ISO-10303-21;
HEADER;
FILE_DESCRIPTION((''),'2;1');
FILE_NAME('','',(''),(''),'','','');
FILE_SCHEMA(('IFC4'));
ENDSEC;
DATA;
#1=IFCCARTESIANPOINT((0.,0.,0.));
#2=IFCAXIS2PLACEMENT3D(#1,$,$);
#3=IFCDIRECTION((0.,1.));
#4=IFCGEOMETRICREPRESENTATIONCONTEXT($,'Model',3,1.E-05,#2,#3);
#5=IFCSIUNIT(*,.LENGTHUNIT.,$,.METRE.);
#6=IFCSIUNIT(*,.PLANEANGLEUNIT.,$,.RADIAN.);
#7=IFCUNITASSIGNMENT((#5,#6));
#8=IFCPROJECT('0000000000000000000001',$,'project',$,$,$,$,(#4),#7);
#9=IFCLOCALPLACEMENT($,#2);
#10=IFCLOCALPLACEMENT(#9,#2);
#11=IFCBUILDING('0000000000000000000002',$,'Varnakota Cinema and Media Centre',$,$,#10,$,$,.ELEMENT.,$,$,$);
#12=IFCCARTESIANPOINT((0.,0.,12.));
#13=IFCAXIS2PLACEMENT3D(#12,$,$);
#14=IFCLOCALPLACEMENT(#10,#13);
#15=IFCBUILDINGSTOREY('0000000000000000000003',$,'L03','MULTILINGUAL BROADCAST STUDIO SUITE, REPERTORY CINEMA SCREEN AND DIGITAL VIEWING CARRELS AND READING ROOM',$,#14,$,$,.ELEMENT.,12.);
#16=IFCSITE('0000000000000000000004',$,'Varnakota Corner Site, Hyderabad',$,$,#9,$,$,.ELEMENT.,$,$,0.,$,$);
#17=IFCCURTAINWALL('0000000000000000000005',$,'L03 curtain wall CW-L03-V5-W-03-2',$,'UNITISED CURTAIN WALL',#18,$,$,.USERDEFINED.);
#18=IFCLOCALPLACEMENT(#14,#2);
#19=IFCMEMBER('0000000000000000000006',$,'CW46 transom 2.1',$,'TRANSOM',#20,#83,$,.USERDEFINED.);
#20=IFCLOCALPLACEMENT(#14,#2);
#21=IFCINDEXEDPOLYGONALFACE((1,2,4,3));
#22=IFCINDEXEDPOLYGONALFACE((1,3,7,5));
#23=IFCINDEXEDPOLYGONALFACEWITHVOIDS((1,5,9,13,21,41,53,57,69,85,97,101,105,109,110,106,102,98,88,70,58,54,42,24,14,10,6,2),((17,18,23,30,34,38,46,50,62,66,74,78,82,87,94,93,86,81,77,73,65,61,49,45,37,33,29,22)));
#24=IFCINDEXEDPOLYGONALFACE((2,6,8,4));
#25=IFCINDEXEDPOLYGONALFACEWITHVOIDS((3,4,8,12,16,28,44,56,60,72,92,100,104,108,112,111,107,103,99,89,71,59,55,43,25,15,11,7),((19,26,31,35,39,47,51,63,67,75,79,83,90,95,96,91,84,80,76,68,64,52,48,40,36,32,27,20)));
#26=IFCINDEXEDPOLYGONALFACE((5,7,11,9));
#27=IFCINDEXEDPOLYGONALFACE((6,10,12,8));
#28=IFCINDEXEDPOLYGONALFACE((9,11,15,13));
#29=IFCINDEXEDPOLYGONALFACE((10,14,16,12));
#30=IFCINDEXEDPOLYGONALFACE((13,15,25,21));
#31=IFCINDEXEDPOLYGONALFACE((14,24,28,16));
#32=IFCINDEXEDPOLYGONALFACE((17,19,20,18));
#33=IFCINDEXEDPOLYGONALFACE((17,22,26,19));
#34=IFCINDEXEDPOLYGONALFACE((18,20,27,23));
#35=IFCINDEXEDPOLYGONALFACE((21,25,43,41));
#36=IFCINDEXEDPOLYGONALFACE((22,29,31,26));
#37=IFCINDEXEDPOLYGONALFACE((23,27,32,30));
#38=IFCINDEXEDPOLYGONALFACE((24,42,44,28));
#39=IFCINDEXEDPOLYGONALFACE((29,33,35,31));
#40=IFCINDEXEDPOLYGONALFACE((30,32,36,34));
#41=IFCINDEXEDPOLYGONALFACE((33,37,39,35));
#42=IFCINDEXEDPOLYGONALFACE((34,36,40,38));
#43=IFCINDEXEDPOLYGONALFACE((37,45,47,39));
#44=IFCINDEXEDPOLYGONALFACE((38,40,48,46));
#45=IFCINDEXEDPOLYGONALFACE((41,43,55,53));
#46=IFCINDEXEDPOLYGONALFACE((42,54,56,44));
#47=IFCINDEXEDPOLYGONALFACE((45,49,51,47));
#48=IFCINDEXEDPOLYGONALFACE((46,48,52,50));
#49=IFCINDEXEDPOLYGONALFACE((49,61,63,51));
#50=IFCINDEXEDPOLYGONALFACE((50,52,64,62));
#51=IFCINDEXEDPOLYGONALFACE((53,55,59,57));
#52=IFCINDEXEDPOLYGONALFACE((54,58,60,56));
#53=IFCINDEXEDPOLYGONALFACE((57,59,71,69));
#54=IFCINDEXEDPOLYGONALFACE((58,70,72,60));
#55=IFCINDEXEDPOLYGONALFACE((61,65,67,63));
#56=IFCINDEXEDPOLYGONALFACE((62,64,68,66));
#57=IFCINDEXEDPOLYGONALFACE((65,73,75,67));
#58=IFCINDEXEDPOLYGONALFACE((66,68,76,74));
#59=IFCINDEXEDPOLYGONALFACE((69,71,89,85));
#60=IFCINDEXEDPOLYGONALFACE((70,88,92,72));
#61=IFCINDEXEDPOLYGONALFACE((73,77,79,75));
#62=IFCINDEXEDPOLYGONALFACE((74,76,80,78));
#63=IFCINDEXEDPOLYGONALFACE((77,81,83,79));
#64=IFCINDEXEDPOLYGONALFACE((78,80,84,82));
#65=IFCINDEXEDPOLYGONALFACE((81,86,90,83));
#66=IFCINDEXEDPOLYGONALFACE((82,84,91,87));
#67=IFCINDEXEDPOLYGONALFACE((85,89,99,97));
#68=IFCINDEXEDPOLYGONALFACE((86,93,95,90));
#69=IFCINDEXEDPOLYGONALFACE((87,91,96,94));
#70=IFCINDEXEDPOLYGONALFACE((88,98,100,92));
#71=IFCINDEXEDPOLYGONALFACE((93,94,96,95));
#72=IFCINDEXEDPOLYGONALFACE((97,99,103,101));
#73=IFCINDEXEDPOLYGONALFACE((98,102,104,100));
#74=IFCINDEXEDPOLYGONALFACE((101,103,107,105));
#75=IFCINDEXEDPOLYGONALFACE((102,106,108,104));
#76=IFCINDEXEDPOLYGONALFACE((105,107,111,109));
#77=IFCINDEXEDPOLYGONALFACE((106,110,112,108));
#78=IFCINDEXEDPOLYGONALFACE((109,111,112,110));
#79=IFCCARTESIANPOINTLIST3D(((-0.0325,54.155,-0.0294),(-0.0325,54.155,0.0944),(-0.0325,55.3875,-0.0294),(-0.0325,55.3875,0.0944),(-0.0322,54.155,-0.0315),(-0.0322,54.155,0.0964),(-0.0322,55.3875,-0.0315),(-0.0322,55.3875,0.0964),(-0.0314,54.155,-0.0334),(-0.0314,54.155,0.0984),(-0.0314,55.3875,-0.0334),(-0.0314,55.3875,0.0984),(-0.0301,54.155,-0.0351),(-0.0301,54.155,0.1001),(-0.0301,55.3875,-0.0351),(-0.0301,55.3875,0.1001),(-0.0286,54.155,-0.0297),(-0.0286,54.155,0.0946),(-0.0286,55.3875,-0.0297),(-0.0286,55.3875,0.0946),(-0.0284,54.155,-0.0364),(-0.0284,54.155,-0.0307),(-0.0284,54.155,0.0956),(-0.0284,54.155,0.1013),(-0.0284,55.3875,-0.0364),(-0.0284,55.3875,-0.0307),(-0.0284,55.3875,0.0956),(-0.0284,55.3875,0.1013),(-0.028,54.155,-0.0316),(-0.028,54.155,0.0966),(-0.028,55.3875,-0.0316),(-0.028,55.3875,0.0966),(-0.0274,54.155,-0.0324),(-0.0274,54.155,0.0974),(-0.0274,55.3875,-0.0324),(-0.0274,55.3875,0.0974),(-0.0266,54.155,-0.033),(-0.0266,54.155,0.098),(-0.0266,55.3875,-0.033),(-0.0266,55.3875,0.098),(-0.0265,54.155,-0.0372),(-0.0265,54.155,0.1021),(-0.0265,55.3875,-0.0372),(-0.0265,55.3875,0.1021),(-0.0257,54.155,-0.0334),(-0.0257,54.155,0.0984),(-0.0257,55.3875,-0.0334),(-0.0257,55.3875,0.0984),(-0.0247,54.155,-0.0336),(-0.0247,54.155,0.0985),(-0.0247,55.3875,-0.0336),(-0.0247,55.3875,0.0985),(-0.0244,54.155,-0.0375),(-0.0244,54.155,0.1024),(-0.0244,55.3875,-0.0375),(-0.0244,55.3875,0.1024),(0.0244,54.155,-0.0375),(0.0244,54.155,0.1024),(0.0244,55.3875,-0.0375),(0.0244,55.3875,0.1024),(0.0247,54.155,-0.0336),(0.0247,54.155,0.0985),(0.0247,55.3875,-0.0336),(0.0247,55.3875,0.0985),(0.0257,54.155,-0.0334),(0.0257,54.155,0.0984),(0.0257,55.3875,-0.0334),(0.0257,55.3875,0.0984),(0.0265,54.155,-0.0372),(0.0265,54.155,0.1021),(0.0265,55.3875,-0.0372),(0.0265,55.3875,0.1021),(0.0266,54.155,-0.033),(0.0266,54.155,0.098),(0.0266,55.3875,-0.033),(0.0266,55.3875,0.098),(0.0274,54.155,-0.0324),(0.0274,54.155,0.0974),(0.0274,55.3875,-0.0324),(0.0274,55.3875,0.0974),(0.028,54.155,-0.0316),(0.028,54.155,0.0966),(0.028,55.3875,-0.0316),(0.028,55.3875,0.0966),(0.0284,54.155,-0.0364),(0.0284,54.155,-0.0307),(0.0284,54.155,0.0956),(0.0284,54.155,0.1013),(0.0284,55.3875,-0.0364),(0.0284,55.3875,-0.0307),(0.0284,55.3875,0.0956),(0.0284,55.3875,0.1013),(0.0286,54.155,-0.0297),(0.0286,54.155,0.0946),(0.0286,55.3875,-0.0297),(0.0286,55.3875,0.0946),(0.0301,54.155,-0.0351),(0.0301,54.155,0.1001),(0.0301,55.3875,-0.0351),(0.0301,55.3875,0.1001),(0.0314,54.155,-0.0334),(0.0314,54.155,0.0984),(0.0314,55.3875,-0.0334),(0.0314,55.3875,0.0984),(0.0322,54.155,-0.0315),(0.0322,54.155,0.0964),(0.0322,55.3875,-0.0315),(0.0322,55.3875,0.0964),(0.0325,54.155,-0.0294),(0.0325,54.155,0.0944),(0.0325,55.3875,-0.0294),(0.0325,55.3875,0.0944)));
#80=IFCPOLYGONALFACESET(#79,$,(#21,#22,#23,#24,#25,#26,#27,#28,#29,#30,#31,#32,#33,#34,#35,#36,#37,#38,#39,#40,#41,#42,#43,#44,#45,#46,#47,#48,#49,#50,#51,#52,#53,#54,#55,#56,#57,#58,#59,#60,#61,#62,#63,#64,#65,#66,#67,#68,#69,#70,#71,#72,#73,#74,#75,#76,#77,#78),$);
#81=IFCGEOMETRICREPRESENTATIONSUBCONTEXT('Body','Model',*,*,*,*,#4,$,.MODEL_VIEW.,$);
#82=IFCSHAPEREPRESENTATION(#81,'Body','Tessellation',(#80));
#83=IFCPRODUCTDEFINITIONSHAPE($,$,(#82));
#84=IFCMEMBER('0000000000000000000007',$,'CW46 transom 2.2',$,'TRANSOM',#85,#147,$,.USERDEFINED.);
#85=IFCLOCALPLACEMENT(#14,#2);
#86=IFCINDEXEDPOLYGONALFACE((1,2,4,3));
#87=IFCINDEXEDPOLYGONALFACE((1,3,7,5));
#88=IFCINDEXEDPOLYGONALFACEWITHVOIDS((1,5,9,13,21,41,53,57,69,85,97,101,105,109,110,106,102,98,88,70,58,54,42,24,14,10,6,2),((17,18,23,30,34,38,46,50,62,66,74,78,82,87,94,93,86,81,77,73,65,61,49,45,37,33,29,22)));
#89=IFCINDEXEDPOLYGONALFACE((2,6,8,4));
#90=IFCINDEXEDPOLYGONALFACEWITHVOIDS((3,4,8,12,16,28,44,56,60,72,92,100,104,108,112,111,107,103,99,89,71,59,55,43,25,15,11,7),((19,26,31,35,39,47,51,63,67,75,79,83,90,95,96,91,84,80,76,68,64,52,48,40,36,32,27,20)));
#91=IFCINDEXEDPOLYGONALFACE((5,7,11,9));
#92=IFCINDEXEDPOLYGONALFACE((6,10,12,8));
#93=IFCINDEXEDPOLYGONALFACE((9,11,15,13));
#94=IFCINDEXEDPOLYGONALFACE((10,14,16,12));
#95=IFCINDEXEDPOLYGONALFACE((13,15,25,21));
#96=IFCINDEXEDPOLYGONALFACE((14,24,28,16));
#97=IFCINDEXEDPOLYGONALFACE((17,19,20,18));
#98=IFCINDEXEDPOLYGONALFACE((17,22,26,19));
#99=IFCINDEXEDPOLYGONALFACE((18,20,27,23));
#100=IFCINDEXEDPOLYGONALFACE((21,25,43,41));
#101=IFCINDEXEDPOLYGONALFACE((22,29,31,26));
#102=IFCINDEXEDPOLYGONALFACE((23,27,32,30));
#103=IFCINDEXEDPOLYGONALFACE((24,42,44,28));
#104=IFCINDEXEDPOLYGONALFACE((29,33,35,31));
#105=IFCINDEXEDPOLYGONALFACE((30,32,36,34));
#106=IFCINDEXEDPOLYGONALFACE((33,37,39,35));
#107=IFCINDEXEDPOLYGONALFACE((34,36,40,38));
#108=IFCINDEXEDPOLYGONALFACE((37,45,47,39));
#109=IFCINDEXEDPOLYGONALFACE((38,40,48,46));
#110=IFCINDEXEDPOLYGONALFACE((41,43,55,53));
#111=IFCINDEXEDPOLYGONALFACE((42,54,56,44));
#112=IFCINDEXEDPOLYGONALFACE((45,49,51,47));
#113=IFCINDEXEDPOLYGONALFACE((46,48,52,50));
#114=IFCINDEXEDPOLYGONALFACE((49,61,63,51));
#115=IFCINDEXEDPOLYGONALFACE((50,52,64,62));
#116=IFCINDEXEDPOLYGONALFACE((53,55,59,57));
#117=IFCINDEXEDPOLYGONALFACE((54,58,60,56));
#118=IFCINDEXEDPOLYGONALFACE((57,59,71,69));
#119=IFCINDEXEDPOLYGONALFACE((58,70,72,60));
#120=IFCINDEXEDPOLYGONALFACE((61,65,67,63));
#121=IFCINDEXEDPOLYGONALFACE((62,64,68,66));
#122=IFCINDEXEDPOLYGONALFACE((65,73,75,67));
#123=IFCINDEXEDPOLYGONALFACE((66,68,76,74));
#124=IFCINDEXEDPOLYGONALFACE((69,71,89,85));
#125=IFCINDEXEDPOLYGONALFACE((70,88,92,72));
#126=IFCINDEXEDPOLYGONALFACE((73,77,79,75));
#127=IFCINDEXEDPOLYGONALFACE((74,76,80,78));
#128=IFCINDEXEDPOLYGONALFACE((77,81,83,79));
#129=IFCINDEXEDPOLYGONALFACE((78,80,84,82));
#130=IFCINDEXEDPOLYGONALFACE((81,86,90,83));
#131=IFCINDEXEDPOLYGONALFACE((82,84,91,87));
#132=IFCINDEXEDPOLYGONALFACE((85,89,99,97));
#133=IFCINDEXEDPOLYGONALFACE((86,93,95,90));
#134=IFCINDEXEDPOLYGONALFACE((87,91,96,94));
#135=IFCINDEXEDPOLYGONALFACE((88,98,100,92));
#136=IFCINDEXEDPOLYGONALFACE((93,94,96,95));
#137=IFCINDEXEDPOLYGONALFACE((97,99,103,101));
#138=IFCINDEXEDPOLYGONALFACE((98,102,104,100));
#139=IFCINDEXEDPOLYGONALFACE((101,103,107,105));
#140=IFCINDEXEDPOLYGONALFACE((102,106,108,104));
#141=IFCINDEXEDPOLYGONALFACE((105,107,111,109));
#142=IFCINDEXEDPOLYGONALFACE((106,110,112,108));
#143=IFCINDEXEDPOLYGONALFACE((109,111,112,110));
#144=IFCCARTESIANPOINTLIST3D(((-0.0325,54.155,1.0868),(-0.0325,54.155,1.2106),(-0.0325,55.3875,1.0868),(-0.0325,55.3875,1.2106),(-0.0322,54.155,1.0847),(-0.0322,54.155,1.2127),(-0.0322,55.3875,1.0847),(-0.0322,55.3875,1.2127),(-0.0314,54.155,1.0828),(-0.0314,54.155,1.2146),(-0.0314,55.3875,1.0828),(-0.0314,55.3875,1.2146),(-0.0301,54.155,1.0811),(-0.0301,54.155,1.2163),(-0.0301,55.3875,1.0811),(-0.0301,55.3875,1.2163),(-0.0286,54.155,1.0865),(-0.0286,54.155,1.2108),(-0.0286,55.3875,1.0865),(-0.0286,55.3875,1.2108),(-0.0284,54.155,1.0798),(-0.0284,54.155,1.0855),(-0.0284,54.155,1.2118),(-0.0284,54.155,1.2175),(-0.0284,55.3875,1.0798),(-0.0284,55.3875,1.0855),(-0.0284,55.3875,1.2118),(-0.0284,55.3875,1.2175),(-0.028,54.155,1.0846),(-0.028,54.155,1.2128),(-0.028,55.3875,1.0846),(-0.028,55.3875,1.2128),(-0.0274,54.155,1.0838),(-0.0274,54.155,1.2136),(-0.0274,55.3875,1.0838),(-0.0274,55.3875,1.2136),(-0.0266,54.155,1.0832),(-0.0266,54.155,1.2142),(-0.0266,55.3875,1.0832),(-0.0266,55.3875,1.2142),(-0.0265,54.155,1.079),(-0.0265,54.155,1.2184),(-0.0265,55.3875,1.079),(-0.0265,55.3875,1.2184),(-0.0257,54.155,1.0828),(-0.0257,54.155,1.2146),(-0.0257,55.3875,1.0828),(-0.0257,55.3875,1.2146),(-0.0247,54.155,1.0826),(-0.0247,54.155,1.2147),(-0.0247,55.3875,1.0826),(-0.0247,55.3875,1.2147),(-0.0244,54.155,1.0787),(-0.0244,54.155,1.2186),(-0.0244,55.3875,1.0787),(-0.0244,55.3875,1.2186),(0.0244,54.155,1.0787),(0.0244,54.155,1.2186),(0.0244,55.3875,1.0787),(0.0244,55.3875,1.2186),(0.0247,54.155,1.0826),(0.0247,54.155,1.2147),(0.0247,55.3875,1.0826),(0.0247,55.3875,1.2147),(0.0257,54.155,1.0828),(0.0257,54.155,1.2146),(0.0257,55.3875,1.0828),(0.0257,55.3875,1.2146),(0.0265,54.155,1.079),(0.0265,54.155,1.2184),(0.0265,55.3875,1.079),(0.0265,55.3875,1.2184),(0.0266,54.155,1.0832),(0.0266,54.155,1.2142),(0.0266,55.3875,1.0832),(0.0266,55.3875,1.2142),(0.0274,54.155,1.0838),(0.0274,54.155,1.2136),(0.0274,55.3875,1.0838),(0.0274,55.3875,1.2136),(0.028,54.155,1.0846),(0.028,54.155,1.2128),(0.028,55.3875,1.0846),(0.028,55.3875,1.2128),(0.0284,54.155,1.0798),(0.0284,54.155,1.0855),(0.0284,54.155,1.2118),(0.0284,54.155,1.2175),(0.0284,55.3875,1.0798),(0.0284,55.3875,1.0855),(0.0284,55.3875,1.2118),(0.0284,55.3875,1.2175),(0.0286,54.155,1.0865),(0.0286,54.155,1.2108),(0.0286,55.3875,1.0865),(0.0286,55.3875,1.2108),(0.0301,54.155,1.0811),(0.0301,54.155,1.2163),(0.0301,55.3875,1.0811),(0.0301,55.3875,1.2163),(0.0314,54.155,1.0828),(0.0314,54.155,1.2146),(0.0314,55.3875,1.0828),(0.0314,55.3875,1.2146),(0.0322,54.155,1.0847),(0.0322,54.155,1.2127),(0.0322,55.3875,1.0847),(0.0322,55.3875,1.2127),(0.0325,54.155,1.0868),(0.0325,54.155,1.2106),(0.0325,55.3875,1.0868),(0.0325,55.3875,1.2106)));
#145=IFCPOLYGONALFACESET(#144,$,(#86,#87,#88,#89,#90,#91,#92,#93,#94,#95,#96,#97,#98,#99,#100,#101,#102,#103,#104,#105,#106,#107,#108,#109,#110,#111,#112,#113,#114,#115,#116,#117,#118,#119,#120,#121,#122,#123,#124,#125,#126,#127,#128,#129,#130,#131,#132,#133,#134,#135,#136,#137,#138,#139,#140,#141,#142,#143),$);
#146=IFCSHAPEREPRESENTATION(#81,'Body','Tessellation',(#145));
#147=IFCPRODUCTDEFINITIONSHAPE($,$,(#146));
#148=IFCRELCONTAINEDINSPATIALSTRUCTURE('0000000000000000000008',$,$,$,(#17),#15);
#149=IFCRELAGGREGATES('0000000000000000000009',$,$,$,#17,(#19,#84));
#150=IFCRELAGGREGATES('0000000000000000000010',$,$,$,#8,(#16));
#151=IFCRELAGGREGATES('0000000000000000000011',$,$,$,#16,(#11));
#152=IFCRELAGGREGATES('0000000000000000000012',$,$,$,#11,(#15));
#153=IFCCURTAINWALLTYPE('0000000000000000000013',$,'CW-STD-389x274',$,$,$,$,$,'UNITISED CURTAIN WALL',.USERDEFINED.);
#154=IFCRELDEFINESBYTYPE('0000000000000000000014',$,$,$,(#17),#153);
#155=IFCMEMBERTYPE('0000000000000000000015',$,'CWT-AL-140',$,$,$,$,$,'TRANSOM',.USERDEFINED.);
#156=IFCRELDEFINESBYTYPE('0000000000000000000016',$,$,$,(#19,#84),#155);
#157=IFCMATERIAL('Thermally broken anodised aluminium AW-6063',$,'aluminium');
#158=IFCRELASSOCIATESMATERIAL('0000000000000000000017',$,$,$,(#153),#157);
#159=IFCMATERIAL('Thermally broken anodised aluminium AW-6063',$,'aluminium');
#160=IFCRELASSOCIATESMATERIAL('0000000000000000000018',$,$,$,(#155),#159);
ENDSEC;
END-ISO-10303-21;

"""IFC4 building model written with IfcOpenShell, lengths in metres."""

from ifc_helpers import new_model, si_unit, direction, frame, origin, origin_2d, place, context, subcontext, project, spatial, hollow_rectangle, extrude, material, material_profile, profile_set, type_object, element, aggregate, save


model = new_model("IFC4")

# Units and contexts
model_context = context("Model", 3, precision=1e-05, world=origin(), true_north=direction((0.0, 1.0)))
body_context = subcontext(model_context, "Body", "Model", "MODEL_VIEW")
ifc_project = project(units=[si_unit("LENGTHUNIT", "METRE"), si_unit("PLANEANGLEUNIT", "RADIAN")], contexts=[model_context])

# Site, building, storey
site_placement = place(None, origin())
site = spatial("IfcSite", under=ifc_project, at=site_placement, Name="Varnakota Corner Site, Hyderabad", CompositionType="ELEMENT", RefElevation=0.0)
building_placement = place(site_placement, origin())
building = spatial("IfcBuilding", under=site, at=building_placement, Name="Varnakota Cinema and Media Centre", CompositionType="ELEMENT")
storey_placement = place(building_placement, frame((0.0, 0.0, 12.0)))
storey = spatial("IfcBuildingStorey", under=building, at=storey_placement, Name="L03", Description="MULTILINGUAL BROADCAST STUDIO SUITE, REPERTORY CINEMA SCREEN AND DIGITAL VIEWING CARRELS AND READING ROOM", CompositionType="ELEMENT", Elevation=12.0)

# Shared definitions
ifc_material_1 = material(Name="Thermally broken anodised aluminium AW-6063", Category="aluminium")
curtain_wall_type = type_object("IfcCurtainWallType", Name="CW-STD-389x274", ElementType="UNITISED CURTAIN WALL", PredefinedType="USERDEFINED", material=ifc_material_1)

# Curtain wall, members
curtain_wall_1_placement = place(storey_placement, origin())
curtain_wall_1 = element("IfcCurtainWall", 1, at=curtain_wall_1_placement, inside=storey, type_object=curtain_wall_type, Name="L03 curtain wall CW-L03-V5-W-03-2", ObjectType="UNITISED CURTAIN WALL", PredefinedType="USERDEFINED")
ifc_material_2 = material(Name="Thermally broken anodised aluminium AW-6063", Category="aluminium")
ifc_material_profile_1 = material_profile(ifc_material_2, hollow_rectangle(XDim=0.0649, YDim=0.1399, WallThickness=0.0039, InnerFilletRadius=0.0039, OuterFilletRadius=0.0081, at=origin_2d()), Name="AL-TRANSOM 140x65x4")
ifc_profile_set_1 = profile_set([ifc_material_profile_1], Name="Thermally broken anodised aluminium AW-6063")
member_type_1 = type_object("IfcMemberType", Name="CWT-AL-140", ElementType="TRANSOM", PredefinedType="USERDEFINED", material=ifc_profile_set_1)
member_1_placement = place(storey_placement, frame((0.0, 55.3875, 0.0325), z_axis=(0.0, -1.0, 0.0), x_axis=(1.0, 0.0, 0.0)))
member_1 = element("IfcMember", 2, at=member_1_placement, type_object=member_type_1, Name="CW46 transom 2.1", ObjectType="TRANSOM", PredefinedType="USERDEFINED", context=body_context, shape_type="SweptSolid", body=[
    extrude(hollow_rectangle(XDim=0.0649, YDim=0.1399, WallThickness=0.0039, InnerFilletRadius=0.0039, OuterFilletRadius=0.0081, at=origin_2d()), origin(), (0.0, 0.0, 1.0), 1.2324),
])
member_2_placement = place(storey_placement, frame((0.0, 55.3875, 1.1487), z_axis=(0.0, -1.0, 0.0), x_axis=(1.0, 0.0, 0.0)))
member_2 = element("IfcMember", 3, at=member_2_placement, type_object=member_type_1, Name="CW46 transom 2.2", ObjectType="TRANSOM", PredefinedType="USERDEFINED", context=body_context, shape_type="SweptSolid", body=[
    extrude(hollow_rectangle(XDim=0.0649, YDim=0.1399, WallThickness=0.0039, InnerFilletRadius=0.0039, OuterFilletRadius=0.0081, at=origin_2d()), origin(), (0.0, 0.0, 1.0), 1.2324),
])

aggregate(curtain_wall_1, [member_1, member_2])

save(model, "model.ifc")
